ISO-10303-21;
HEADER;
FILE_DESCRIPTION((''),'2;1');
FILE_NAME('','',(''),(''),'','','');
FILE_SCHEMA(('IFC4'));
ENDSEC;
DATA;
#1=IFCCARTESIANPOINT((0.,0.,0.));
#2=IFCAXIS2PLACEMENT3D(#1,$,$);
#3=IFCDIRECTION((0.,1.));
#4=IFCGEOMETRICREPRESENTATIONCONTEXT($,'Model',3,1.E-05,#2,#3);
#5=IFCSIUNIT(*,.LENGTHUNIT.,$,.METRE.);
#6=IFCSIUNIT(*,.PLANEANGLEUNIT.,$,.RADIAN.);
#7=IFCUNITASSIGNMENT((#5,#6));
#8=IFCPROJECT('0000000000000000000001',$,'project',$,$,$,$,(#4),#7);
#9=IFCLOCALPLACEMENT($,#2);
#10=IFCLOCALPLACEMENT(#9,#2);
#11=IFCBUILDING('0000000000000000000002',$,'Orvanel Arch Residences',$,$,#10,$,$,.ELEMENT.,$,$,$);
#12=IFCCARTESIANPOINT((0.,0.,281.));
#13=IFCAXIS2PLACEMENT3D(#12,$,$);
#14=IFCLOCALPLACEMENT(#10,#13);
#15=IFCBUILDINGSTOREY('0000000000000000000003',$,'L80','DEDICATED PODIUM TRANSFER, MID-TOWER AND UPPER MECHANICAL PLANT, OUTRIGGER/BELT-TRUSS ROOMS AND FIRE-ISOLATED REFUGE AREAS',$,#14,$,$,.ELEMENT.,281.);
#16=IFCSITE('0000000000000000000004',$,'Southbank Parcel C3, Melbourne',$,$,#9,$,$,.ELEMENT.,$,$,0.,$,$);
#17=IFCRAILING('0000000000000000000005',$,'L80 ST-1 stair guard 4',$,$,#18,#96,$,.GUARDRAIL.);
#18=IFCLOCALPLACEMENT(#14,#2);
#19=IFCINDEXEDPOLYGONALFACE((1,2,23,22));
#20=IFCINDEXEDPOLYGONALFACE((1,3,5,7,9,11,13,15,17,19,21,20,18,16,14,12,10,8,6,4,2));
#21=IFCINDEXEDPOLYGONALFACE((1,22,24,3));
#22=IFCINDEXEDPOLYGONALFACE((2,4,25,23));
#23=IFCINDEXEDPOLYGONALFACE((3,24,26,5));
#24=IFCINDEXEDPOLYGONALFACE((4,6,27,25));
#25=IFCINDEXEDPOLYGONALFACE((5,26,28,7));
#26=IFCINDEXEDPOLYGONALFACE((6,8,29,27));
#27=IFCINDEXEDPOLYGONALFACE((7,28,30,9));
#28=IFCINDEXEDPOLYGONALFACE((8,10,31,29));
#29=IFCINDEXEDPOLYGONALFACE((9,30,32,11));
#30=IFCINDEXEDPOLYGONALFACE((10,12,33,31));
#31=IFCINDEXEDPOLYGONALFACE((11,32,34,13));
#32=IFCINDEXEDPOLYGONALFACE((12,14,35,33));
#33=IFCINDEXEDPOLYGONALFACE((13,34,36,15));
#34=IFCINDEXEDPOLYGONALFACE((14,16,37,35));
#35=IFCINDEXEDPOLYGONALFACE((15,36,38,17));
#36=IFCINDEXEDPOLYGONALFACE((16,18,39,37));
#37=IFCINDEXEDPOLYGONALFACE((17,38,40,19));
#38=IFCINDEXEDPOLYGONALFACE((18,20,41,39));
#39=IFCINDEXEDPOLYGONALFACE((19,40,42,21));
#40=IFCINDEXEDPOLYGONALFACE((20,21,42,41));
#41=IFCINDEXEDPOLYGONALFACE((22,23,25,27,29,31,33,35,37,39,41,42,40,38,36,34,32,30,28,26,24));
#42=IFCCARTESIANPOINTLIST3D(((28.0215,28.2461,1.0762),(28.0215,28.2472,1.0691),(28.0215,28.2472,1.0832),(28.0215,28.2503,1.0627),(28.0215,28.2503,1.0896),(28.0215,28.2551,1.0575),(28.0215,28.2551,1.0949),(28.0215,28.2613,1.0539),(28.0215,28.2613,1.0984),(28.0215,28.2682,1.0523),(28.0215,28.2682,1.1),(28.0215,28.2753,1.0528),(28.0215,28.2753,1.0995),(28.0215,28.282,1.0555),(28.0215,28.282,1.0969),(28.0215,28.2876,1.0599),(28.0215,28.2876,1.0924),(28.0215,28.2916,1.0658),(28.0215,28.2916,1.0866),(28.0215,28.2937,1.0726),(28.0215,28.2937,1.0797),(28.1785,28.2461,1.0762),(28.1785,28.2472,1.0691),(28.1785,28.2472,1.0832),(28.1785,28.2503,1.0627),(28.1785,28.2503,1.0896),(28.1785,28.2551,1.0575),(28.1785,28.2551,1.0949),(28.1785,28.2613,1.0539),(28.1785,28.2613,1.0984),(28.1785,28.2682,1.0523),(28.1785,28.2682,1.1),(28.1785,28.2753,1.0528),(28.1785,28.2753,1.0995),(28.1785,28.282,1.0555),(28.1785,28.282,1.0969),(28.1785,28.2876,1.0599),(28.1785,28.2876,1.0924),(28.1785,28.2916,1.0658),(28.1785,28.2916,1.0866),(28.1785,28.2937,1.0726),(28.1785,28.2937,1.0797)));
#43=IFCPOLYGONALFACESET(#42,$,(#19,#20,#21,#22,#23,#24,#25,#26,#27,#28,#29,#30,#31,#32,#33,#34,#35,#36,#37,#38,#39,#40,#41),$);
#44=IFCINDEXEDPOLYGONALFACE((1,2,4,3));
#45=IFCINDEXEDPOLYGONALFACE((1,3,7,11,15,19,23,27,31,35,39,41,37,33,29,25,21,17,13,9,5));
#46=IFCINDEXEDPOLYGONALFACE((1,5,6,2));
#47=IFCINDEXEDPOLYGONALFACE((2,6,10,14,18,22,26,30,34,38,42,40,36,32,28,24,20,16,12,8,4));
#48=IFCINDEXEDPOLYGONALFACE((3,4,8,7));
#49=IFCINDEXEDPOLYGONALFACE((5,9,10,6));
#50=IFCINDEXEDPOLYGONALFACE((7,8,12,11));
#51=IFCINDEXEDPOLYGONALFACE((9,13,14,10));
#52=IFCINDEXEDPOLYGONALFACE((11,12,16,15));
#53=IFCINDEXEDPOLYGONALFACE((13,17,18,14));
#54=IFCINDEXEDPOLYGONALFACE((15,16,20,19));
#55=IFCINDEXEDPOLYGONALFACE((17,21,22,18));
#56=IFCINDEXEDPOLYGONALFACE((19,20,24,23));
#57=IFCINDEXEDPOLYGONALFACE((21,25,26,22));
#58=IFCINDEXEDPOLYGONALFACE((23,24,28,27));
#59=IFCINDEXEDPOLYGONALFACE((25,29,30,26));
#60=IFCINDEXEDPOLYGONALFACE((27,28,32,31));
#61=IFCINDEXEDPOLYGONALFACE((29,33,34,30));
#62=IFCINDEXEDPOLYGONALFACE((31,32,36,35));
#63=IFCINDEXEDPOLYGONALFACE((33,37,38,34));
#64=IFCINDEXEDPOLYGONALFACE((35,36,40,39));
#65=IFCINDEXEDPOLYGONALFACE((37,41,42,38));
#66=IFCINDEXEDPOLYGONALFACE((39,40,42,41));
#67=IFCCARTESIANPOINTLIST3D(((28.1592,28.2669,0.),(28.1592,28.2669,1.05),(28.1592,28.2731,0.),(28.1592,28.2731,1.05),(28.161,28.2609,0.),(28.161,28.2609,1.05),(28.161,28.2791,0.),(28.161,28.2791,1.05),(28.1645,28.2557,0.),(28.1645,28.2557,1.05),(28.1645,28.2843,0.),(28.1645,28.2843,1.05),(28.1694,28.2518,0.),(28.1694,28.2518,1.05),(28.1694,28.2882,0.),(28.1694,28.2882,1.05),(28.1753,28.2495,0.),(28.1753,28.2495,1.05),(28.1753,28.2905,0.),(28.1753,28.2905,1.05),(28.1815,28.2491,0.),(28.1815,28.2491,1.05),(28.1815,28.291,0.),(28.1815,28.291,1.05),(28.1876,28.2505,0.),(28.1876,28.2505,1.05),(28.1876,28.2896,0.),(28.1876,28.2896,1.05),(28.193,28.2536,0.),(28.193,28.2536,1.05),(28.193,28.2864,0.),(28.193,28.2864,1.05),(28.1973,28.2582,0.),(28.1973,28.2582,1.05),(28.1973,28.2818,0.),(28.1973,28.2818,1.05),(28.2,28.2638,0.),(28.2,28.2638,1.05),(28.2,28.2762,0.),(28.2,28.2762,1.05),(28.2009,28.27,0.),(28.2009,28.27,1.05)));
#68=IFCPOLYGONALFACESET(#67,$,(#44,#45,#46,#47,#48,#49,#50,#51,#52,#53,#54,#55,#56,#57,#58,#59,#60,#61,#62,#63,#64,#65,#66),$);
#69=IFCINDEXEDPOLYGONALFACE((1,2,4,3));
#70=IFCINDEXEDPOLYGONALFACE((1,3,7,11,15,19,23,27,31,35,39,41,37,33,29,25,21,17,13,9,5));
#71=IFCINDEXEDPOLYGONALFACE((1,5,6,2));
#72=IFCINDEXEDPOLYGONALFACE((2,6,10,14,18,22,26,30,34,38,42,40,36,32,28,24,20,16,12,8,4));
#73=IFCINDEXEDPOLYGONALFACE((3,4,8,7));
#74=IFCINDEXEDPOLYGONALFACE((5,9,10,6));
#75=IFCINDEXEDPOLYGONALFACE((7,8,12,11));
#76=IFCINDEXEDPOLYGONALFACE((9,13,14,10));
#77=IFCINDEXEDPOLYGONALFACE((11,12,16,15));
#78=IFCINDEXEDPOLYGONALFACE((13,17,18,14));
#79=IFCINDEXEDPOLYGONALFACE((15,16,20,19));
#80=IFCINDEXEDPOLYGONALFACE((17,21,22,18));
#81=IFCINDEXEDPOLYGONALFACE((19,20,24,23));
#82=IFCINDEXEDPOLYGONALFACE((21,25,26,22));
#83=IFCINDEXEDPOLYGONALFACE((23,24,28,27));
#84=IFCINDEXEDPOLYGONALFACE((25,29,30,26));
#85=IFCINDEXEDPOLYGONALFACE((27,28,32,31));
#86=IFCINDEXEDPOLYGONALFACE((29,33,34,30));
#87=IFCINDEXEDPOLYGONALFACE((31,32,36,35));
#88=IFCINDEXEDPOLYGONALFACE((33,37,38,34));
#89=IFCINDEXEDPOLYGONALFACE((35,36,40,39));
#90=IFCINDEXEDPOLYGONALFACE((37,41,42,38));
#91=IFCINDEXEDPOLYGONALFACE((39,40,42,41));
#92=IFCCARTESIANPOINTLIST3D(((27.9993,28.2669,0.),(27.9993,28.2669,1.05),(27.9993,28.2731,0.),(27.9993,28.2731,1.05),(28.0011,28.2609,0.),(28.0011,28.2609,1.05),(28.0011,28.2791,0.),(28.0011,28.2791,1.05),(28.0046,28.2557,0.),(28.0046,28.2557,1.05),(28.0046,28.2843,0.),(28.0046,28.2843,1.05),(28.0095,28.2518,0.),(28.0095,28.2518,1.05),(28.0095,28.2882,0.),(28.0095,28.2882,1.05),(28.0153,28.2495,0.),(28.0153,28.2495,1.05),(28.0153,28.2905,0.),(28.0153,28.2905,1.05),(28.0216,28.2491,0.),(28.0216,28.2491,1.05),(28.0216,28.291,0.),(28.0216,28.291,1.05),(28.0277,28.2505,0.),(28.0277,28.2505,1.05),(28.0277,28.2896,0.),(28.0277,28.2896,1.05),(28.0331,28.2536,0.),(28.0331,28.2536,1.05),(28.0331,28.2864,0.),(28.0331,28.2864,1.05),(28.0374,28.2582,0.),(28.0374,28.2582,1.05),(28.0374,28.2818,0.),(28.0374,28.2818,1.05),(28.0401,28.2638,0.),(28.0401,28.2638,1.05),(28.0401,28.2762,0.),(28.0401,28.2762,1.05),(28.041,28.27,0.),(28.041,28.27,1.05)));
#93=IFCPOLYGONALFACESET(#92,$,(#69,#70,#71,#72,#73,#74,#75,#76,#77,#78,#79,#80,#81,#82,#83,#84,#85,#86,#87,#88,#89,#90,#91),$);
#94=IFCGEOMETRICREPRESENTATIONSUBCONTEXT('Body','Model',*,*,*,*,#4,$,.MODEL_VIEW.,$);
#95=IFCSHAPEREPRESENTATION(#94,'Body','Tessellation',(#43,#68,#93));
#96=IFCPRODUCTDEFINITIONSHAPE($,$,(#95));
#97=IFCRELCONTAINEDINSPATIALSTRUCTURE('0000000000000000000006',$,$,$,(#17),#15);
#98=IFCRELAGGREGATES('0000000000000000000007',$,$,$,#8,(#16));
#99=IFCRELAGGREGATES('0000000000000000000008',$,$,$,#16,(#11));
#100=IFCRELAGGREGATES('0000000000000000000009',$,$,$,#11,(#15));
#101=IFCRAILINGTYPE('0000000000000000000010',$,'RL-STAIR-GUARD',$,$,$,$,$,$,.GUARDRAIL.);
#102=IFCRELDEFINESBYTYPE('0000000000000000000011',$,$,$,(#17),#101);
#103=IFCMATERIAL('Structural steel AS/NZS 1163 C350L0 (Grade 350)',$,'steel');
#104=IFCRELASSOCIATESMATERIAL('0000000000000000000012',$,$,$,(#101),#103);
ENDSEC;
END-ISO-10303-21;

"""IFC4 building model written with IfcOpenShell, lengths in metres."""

from ifc_helpers import new_model, si_unit, direction, frame, origin, origin_2d, place, context, subcontext, project, spatial, circle, extrude, material, type_object, element, save


model = new_model("IFC4")

# Units and contexts
model_context = context("Model", 3, precision=1e-05, world=origin(), true_north=direction((0.0, 1.0)))
body_context = subcontext(model_context, "Body", "Model", "MODEL_VIEW")
ifc_project = project(units=[si_unit("LENGTHUNIT", "METRE"), si_unit("PLANEANGLEUNIT", "RADIAN")], contexts=[model_context])

# Site, building, storey
site_placement = place(None, origin())
site = spatial("IfcSite", under=ifc_project, at=site_placement, Name="Southbank Parcel C3, Melbourne", CompositionType="ELEMENT", RefElevation=0.0)
building_placement = place(site_placement, origin())
building = spatial("IfcBuilding", under=site, at=building_placement, Name="Orvanel Arch Residences", CompositionType="ELEMENT")
storey_placement = place(building_placement, frame((0.0, 0.0, 281.0)))
storey = spatial("IfcBuildingStorey", under=building, at=storey_placement, Name="L80", Description="DEDICATED PODIUM TRANSFER, MID-TOWER AND UPPER MECHANICAL PLANT, OUTRIGGER/BELT-TRUSS ROOMS AND FIRE-ISOLATED REFUGE AREAS", CompositionType="ELEMENT", Elevation=281.0)

# Shared definitions
ifc_material_1 = material(Name="Structural steel AS/NZS 1163 C350L0 (Grade 350)", Category="steel")

# Railing
railing_type_1 = type_object("IfcRailingType", Name="RL-STAIR-GUARD", PredefinedType="GUARDRAIL", material=ifc_material_1)
railing_1_placement = place(storey_placement, frame((28.1799, 28.27, 0.0)))
element("IfcRailing", 1, at=railing_1_placement, inside=storey, type_object=railing_type_1, Name="L80 ST-1 stair guard 4", PredefinedType="GUARDRAIL", context=body_context, shape_type="SweptSolid", body=[
    extrude(circle(Radius=0.0239, at=origin_2d()), frame((-0.0015, 0.0, 1.0762), z_axis=(-1.0, 0.0, 0.0), x_axis=(0.0, -1.0, 0.0)), (0.0, 0.0, 1.0), 0.157),
    extrude(circle(Radius=0.021, at=origin_2d()), origin(), (0.0, 0.0, 1.0), 1.05),
    extrude(circle(Radius=0.021, at=origin_2d()), frame((-0.1599, 0.0, 0.0)), (0.0, 0.0, 1.0), 1.05),
])

save(model, "model.ifc")
